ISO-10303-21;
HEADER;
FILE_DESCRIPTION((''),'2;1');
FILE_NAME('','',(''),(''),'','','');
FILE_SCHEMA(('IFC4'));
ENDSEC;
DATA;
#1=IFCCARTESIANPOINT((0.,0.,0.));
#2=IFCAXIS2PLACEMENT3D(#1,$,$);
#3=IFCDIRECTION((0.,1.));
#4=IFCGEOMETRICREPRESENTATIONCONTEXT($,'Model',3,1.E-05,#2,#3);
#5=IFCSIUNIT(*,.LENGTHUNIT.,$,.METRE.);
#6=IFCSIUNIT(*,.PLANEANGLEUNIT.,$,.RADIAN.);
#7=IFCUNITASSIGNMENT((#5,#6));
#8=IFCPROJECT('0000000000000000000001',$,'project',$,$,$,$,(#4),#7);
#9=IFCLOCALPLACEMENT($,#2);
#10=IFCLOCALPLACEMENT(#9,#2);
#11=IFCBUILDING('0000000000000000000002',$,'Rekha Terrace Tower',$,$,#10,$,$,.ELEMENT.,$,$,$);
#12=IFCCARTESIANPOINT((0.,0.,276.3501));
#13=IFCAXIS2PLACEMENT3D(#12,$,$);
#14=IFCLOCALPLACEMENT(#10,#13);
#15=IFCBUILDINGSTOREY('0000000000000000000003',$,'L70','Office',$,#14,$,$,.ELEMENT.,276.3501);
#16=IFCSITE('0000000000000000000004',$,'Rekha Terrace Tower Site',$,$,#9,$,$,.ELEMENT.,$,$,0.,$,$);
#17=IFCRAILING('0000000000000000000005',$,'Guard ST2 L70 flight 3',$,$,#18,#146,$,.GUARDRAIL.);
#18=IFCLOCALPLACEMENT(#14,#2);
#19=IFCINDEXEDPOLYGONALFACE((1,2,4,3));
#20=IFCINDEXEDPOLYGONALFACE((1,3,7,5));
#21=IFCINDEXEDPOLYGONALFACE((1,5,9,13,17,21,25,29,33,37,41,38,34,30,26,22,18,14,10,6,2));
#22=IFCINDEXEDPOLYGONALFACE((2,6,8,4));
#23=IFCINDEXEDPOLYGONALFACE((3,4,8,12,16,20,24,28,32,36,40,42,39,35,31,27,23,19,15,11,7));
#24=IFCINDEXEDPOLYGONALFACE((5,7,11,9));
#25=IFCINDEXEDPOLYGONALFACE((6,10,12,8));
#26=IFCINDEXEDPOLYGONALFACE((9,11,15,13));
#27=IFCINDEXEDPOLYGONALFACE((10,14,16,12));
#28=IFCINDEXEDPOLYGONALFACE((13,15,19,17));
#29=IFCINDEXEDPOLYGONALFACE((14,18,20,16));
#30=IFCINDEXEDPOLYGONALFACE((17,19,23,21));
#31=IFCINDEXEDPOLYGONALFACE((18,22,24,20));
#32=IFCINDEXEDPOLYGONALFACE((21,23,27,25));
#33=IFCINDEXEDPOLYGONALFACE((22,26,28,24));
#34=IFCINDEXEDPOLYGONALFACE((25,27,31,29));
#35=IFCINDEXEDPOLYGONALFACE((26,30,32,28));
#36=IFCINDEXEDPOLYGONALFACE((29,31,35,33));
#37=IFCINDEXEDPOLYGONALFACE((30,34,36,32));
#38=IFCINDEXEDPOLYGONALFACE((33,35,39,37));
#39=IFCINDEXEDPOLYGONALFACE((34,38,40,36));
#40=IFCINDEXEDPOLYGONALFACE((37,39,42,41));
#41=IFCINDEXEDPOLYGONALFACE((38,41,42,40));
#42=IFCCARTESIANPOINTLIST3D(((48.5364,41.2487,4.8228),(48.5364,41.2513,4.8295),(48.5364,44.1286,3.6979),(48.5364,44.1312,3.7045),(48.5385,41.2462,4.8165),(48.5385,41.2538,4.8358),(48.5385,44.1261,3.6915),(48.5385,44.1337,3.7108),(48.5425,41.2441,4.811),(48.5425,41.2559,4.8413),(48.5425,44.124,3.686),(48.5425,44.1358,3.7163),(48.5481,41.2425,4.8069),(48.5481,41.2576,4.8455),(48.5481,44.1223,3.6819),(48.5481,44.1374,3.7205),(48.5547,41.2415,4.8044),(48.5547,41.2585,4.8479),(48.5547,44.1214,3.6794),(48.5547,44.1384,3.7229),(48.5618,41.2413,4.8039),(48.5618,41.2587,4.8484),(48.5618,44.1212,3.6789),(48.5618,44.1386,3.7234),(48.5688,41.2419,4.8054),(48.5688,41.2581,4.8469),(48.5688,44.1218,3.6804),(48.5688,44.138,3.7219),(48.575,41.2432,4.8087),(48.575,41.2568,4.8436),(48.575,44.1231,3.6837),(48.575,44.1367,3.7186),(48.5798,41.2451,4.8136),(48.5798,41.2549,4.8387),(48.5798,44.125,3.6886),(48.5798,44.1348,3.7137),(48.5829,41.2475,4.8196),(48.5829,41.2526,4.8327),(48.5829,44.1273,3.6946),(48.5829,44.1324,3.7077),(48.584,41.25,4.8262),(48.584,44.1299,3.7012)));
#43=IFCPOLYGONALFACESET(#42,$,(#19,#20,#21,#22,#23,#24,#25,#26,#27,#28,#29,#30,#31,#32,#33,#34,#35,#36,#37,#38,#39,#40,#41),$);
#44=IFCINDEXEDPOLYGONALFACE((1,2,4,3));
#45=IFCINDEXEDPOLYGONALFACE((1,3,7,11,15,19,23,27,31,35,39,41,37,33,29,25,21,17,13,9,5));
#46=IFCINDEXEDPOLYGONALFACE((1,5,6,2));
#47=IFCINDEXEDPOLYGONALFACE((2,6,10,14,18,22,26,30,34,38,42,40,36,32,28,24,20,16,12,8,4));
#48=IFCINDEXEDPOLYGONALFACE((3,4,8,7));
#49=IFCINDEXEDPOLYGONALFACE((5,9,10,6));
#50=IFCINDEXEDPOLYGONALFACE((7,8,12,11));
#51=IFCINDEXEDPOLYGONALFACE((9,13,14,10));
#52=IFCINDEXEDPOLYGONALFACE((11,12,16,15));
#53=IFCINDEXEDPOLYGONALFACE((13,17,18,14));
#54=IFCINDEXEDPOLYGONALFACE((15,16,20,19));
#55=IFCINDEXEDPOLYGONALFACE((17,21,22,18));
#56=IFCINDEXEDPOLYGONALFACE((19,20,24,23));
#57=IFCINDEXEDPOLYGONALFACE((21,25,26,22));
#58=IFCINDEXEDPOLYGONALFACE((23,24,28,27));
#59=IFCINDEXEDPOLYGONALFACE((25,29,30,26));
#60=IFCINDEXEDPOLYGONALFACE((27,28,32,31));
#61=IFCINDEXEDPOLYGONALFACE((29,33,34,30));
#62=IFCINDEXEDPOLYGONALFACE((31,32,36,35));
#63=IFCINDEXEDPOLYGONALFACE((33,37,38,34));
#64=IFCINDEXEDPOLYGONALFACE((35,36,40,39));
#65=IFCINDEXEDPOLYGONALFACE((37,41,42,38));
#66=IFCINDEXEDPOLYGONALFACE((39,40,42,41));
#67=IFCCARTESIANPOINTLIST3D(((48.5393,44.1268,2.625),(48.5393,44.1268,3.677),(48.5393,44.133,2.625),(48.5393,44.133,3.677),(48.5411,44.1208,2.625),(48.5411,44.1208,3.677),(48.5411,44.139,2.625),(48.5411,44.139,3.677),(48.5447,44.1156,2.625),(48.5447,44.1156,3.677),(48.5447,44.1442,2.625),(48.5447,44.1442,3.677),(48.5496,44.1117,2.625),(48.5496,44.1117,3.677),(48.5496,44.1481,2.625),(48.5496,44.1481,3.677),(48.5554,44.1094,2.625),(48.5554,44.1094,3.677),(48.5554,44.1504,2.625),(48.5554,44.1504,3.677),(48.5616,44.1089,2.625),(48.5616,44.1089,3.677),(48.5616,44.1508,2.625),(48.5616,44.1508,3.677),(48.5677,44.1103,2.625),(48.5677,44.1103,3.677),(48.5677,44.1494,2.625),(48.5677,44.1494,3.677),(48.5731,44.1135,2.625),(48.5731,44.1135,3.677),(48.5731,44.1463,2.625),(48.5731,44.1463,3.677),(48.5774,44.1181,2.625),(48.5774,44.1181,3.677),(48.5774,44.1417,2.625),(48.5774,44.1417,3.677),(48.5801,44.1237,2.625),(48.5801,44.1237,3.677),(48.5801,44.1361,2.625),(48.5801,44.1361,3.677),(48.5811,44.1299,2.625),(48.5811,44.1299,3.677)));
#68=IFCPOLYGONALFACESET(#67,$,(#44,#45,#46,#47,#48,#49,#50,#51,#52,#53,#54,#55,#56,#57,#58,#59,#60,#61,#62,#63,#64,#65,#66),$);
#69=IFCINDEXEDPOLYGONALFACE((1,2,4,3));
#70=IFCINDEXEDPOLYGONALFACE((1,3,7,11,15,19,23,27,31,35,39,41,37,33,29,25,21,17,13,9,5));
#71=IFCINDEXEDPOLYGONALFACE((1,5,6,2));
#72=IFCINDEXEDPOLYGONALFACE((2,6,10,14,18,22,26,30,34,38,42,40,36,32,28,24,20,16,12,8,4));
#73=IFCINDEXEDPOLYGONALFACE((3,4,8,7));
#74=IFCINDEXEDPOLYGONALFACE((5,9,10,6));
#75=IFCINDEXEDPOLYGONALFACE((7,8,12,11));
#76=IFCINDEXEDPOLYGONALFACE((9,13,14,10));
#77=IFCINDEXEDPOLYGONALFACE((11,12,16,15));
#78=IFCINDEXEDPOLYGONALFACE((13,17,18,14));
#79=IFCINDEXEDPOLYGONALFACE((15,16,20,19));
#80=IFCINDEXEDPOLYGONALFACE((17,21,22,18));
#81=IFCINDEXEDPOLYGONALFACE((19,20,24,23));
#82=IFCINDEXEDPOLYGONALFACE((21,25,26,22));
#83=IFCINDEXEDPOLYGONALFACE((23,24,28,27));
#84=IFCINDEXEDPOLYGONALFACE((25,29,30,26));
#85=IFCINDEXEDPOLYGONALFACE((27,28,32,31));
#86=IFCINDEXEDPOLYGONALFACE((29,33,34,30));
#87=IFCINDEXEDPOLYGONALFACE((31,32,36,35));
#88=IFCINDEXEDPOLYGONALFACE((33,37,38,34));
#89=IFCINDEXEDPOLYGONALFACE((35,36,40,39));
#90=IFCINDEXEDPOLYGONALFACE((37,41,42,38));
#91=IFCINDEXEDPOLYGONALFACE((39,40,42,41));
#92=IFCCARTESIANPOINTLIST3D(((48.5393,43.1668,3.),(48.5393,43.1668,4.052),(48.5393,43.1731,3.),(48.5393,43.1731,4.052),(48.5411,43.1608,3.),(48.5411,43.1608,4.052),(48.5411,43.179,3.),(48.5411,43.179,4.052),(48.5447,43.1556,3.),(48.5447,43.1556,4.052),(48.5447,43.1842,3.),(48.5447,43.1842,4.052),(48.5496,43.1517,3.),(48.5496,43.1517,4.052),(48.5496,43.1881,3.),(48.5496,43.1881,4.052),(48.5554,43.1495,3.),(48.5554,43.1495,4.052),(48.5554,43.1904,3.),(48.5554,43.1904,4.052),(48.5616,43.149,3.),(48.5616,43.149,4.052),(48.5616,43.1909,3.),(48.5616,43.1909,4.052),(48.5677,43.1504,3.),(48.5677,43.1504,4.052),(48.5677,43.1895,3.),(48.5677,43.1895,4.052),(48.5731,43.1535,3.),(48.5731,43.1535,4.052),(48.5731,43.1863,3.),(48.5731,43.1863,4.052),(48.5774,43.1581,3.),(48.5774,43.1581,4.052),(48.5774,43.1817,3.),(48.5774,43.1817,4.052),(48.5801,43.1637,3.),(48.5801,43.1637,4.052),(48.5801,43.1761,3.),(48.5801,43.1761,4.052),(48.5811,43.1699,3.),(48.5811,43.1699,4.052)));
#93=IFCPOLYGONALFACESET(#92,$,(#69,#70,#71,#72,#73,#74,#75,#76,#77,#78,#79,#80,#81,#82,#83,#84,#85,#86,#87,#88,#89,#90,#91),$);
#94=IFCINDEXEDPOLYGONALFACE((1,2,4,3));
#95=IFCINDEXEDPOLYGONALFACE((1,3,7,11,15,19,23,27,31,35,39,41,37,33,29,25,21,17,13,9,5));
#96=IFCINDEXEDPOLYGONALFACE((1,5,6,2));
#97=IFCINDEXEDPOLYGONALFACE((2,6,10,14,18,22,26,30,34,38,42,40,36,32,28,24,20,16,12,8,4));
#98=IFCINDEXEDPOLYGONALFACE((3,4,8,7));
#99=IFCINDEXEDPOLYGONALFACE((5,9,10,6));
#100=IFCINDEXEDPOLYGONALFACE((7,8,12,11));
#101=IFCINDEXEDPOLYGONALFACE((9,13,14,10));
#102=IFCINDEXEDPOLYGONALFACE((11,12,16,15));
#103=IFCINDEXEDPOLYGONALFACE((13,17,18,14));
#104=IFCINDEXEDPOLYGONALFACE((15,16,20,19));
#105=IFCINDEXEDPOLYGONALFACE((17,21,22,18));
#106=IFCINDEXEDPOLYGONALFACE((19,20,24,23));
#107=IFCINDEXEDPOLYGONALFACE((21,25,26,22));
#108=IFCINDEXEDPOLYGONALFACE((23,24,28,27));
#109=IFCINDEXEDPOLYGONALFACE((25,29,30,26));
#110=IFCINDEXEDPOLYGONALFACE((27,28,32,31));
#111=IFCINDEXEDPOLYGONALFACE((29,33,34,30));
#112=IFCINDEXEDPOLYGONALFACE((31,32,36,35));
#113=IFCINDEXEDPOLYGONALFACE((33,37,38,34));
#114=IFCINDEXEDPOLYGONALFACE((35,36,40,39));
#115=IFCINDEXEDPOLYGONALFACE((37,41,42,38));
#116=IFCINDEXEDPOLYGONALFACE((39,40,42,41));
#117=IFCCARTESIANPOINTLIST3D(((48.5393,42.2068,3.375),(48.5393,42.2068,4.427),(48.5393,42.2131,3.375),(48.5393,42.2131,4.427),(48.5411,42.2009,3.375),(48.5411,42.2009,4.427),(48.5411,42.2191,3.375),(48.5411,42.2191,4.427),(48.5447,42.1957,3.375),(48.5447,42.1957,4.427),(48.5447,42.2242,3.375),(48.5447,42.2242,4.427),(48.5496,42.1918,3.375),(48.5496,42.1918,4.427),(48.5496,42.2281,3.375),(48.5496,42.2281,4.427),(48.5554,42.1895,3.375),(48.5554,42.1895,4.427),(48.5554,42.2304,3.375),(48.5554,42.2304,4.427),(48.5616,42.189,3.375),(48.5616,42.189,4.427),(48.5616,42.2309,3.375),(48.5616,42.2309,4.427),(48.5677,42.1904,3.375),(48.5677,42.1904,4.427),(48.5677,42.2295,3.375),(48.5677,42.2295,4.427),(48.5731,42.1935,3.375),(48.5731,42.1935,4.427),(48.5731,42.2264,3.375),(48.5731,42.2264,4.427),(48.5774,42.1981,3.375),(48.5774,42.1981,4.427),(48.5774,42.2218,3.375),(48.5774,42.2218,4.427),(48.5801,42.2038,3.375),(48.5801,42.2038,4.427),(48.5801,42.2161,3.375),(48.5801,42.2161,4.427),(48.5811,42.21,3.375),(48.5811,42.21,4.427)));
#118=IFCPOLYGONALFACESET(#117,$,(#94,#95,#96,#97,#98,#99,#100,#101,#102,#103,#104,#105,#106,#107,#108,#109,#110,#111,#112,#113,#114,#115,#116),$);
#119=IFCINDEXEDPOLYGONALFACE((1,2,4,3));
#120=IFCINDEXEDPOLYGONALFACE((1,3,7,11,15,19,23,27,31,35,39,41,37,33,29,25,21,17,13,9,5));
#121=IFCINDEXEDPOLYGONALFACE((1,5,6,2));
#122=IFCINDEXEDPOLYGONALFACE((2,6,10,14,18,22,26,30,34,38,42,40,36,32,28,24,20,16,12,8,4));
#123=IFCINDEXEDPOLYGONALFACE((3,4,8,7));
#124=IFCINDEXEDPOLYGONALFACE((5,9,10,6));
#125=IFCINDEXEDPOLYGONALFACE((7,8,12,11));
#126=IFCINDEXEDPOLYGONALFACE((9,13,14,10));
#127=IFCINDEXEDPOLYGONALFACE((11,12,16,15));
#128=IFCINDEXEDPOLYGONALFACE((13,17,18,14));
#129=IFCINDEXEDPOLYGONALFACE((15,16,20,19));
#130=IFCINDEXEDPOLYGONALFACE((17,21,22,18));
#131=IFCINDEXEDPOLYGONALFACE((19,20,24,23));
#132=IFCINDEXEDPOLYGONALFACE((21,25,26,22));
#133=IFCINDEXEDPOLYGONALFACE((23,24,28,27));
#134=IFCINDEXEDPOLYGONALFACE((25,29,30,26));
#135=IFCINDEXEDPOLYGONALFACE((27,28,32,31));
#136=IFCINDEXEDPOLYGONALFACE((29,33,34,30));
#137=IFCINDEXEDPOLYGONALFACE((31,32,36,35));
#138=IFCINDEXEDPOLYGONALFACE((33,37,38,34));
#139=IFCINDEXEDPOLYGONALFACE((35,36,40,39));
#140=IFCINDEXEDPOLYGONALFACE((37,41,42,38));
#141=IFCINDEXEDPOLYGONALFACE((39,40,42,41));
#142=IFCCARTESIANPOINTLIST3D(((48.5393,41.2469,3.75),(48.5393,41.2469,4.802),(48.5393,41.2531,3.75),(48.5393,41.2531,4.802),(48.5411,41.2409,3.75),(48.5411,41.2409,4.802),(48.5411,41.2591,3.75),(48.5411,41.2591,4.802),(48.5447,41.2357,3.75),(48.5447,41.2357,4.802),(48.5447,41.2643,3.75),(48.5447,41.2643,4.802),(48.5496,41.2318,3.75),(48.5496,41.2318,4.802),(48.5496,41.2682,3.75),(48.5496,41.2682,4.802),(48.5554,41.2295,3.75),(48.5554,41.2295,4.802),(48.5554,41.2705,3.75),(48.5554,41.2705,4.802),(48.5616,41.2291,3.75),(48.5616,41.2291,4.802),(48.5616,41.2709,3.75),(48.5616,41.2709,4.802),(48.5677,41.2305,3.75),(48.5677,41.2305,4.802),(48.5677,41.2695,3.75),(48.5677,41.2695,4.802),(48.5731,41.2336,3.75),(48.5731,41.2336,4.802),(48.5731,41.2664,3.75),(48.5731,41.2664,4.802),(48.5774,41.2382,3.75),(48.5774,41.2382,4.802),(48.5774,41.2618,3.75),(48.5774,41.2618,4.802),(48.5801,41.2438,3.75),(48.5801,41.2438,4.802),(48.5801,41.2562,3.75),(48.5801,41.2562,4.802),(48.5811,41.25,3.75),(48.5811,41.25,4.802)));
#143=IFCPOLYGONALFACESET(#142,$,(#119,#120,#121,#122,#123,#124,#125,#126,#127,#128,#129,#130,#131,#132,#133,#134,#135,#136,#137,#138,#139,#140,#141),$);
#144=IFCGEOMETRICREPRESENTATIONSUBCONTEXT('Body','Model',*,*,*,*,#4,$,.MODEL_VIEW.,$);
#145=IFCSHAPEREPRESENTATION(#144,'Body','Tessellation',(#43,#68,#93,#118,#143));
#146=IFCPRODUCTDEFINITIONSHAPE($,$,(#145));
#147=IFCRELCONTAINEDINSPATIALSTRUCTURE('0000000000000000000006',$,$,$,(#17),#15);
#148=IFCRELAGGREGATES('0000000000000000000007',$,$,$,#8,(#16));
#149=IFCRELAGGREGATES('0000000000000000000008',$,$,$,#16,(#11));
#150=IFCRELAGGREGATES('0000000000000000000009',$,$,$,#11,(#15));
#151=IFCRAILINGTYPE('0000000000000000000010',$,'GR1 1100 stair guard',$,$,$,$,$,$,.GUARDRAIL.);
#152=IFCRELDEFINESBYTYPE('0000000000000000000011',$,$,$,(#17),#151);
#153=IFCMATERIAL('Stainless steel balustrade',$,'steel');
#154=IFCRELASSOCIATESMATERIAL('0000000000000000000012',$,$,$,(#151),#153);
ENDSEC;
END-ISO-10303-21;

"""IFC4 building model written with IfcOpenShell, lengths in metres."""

from ifc_helpers import new_model, si_unit, direction, frame, origin, origin_2d, place, context, subcontext, project, spatial, circle, extrude, material, type_object, element, save


model = new_model("IFC4")

# Units and contexts
model_context = context("Model", 3, precision=1e-05, world=origin(), true_north=direction((0.0, 1.0)))
body_context = subcontext(model_context, "Body", "Model", "MODEL_VIEW")
ifc_project = project(units=[si_unit("LENGTHUNIT", "METRE"), si_unit("PLANEANGLEUNIT", "RADIAN")], contexts=[model_context])

# Site, building, storey
site_placement = place(None, origin())
site = spatial("IfcSite", under=ifc_project, at=site_placement, Name="Rekha Terrace Tower Site", CompositionType="ELEMENT", RefElevation=0.0)
building_placement = place(site_placement, origin())
building = spatial("IfcBuilding", under=site, at=building_placement, Name="Rekha Terrace Tower", CompositionType="ELEMENT")
storey_placement = place(building_placement, frame((0.0, 0.0, 276.3501)))
storey = spatial("IfcBuildingStorey", under=building, at=storey_placement, Name="L70", Description="Office", CompositionType="ELEMENT", Elevation=276.3501)

# Railing
ifc_material_1 = material(Name="Stainless steel balustrade", Category="steel")
railing_type = type_object("IfcRailingType", Name="GR1 1100 stair guard", PredefinedType="GUARDRAIL", material=ifc_material_1)
railing_1_placement = place(storey_placement, frame((48.5601, 44.1299, 2.625)))
element("IfcRailing", 1, at=railing_1_placement, inside=storey, type_object=railing_type, Name="Guard ST2 L70 flight 3", PredefinedType="GUARDRAIL", context=body_context, shape_type="SweptSolid", body=[
    extrude(circle(Radius=0.0239, at=origin_2d()), frame((0.0, 0.0, 1.0762), z_axis=(0.0, -0.931452, 0.363863), x_axis=(1.0, 0.0, 0.0)), (0.0, 0.0, 1.0), 3.0918),
    extrude(circle(Radius=0.021, at=origin_2d()), origin(), (0.0, 0.0, 1.0), 1.052),
    extrude(circle(Radius=0.021, at=origin_2d()), frame((0.0, -0.96, 0.375)), (0.0, 0.0, 1.0), 1.052),
    extrude(circle(Radius=0.021, at=origin_2d()), frame((0.0, -1.9199, 0.75)), (0.0, 0.0, 1.0), 1.052),
    extrude(circle(Radius=0.021, at=origin_2d()), frame((0.0, -2.8799, 1.125)), (0.0, 0.0, 1.0), 1.052),
])

save(model, "model.ifc")
